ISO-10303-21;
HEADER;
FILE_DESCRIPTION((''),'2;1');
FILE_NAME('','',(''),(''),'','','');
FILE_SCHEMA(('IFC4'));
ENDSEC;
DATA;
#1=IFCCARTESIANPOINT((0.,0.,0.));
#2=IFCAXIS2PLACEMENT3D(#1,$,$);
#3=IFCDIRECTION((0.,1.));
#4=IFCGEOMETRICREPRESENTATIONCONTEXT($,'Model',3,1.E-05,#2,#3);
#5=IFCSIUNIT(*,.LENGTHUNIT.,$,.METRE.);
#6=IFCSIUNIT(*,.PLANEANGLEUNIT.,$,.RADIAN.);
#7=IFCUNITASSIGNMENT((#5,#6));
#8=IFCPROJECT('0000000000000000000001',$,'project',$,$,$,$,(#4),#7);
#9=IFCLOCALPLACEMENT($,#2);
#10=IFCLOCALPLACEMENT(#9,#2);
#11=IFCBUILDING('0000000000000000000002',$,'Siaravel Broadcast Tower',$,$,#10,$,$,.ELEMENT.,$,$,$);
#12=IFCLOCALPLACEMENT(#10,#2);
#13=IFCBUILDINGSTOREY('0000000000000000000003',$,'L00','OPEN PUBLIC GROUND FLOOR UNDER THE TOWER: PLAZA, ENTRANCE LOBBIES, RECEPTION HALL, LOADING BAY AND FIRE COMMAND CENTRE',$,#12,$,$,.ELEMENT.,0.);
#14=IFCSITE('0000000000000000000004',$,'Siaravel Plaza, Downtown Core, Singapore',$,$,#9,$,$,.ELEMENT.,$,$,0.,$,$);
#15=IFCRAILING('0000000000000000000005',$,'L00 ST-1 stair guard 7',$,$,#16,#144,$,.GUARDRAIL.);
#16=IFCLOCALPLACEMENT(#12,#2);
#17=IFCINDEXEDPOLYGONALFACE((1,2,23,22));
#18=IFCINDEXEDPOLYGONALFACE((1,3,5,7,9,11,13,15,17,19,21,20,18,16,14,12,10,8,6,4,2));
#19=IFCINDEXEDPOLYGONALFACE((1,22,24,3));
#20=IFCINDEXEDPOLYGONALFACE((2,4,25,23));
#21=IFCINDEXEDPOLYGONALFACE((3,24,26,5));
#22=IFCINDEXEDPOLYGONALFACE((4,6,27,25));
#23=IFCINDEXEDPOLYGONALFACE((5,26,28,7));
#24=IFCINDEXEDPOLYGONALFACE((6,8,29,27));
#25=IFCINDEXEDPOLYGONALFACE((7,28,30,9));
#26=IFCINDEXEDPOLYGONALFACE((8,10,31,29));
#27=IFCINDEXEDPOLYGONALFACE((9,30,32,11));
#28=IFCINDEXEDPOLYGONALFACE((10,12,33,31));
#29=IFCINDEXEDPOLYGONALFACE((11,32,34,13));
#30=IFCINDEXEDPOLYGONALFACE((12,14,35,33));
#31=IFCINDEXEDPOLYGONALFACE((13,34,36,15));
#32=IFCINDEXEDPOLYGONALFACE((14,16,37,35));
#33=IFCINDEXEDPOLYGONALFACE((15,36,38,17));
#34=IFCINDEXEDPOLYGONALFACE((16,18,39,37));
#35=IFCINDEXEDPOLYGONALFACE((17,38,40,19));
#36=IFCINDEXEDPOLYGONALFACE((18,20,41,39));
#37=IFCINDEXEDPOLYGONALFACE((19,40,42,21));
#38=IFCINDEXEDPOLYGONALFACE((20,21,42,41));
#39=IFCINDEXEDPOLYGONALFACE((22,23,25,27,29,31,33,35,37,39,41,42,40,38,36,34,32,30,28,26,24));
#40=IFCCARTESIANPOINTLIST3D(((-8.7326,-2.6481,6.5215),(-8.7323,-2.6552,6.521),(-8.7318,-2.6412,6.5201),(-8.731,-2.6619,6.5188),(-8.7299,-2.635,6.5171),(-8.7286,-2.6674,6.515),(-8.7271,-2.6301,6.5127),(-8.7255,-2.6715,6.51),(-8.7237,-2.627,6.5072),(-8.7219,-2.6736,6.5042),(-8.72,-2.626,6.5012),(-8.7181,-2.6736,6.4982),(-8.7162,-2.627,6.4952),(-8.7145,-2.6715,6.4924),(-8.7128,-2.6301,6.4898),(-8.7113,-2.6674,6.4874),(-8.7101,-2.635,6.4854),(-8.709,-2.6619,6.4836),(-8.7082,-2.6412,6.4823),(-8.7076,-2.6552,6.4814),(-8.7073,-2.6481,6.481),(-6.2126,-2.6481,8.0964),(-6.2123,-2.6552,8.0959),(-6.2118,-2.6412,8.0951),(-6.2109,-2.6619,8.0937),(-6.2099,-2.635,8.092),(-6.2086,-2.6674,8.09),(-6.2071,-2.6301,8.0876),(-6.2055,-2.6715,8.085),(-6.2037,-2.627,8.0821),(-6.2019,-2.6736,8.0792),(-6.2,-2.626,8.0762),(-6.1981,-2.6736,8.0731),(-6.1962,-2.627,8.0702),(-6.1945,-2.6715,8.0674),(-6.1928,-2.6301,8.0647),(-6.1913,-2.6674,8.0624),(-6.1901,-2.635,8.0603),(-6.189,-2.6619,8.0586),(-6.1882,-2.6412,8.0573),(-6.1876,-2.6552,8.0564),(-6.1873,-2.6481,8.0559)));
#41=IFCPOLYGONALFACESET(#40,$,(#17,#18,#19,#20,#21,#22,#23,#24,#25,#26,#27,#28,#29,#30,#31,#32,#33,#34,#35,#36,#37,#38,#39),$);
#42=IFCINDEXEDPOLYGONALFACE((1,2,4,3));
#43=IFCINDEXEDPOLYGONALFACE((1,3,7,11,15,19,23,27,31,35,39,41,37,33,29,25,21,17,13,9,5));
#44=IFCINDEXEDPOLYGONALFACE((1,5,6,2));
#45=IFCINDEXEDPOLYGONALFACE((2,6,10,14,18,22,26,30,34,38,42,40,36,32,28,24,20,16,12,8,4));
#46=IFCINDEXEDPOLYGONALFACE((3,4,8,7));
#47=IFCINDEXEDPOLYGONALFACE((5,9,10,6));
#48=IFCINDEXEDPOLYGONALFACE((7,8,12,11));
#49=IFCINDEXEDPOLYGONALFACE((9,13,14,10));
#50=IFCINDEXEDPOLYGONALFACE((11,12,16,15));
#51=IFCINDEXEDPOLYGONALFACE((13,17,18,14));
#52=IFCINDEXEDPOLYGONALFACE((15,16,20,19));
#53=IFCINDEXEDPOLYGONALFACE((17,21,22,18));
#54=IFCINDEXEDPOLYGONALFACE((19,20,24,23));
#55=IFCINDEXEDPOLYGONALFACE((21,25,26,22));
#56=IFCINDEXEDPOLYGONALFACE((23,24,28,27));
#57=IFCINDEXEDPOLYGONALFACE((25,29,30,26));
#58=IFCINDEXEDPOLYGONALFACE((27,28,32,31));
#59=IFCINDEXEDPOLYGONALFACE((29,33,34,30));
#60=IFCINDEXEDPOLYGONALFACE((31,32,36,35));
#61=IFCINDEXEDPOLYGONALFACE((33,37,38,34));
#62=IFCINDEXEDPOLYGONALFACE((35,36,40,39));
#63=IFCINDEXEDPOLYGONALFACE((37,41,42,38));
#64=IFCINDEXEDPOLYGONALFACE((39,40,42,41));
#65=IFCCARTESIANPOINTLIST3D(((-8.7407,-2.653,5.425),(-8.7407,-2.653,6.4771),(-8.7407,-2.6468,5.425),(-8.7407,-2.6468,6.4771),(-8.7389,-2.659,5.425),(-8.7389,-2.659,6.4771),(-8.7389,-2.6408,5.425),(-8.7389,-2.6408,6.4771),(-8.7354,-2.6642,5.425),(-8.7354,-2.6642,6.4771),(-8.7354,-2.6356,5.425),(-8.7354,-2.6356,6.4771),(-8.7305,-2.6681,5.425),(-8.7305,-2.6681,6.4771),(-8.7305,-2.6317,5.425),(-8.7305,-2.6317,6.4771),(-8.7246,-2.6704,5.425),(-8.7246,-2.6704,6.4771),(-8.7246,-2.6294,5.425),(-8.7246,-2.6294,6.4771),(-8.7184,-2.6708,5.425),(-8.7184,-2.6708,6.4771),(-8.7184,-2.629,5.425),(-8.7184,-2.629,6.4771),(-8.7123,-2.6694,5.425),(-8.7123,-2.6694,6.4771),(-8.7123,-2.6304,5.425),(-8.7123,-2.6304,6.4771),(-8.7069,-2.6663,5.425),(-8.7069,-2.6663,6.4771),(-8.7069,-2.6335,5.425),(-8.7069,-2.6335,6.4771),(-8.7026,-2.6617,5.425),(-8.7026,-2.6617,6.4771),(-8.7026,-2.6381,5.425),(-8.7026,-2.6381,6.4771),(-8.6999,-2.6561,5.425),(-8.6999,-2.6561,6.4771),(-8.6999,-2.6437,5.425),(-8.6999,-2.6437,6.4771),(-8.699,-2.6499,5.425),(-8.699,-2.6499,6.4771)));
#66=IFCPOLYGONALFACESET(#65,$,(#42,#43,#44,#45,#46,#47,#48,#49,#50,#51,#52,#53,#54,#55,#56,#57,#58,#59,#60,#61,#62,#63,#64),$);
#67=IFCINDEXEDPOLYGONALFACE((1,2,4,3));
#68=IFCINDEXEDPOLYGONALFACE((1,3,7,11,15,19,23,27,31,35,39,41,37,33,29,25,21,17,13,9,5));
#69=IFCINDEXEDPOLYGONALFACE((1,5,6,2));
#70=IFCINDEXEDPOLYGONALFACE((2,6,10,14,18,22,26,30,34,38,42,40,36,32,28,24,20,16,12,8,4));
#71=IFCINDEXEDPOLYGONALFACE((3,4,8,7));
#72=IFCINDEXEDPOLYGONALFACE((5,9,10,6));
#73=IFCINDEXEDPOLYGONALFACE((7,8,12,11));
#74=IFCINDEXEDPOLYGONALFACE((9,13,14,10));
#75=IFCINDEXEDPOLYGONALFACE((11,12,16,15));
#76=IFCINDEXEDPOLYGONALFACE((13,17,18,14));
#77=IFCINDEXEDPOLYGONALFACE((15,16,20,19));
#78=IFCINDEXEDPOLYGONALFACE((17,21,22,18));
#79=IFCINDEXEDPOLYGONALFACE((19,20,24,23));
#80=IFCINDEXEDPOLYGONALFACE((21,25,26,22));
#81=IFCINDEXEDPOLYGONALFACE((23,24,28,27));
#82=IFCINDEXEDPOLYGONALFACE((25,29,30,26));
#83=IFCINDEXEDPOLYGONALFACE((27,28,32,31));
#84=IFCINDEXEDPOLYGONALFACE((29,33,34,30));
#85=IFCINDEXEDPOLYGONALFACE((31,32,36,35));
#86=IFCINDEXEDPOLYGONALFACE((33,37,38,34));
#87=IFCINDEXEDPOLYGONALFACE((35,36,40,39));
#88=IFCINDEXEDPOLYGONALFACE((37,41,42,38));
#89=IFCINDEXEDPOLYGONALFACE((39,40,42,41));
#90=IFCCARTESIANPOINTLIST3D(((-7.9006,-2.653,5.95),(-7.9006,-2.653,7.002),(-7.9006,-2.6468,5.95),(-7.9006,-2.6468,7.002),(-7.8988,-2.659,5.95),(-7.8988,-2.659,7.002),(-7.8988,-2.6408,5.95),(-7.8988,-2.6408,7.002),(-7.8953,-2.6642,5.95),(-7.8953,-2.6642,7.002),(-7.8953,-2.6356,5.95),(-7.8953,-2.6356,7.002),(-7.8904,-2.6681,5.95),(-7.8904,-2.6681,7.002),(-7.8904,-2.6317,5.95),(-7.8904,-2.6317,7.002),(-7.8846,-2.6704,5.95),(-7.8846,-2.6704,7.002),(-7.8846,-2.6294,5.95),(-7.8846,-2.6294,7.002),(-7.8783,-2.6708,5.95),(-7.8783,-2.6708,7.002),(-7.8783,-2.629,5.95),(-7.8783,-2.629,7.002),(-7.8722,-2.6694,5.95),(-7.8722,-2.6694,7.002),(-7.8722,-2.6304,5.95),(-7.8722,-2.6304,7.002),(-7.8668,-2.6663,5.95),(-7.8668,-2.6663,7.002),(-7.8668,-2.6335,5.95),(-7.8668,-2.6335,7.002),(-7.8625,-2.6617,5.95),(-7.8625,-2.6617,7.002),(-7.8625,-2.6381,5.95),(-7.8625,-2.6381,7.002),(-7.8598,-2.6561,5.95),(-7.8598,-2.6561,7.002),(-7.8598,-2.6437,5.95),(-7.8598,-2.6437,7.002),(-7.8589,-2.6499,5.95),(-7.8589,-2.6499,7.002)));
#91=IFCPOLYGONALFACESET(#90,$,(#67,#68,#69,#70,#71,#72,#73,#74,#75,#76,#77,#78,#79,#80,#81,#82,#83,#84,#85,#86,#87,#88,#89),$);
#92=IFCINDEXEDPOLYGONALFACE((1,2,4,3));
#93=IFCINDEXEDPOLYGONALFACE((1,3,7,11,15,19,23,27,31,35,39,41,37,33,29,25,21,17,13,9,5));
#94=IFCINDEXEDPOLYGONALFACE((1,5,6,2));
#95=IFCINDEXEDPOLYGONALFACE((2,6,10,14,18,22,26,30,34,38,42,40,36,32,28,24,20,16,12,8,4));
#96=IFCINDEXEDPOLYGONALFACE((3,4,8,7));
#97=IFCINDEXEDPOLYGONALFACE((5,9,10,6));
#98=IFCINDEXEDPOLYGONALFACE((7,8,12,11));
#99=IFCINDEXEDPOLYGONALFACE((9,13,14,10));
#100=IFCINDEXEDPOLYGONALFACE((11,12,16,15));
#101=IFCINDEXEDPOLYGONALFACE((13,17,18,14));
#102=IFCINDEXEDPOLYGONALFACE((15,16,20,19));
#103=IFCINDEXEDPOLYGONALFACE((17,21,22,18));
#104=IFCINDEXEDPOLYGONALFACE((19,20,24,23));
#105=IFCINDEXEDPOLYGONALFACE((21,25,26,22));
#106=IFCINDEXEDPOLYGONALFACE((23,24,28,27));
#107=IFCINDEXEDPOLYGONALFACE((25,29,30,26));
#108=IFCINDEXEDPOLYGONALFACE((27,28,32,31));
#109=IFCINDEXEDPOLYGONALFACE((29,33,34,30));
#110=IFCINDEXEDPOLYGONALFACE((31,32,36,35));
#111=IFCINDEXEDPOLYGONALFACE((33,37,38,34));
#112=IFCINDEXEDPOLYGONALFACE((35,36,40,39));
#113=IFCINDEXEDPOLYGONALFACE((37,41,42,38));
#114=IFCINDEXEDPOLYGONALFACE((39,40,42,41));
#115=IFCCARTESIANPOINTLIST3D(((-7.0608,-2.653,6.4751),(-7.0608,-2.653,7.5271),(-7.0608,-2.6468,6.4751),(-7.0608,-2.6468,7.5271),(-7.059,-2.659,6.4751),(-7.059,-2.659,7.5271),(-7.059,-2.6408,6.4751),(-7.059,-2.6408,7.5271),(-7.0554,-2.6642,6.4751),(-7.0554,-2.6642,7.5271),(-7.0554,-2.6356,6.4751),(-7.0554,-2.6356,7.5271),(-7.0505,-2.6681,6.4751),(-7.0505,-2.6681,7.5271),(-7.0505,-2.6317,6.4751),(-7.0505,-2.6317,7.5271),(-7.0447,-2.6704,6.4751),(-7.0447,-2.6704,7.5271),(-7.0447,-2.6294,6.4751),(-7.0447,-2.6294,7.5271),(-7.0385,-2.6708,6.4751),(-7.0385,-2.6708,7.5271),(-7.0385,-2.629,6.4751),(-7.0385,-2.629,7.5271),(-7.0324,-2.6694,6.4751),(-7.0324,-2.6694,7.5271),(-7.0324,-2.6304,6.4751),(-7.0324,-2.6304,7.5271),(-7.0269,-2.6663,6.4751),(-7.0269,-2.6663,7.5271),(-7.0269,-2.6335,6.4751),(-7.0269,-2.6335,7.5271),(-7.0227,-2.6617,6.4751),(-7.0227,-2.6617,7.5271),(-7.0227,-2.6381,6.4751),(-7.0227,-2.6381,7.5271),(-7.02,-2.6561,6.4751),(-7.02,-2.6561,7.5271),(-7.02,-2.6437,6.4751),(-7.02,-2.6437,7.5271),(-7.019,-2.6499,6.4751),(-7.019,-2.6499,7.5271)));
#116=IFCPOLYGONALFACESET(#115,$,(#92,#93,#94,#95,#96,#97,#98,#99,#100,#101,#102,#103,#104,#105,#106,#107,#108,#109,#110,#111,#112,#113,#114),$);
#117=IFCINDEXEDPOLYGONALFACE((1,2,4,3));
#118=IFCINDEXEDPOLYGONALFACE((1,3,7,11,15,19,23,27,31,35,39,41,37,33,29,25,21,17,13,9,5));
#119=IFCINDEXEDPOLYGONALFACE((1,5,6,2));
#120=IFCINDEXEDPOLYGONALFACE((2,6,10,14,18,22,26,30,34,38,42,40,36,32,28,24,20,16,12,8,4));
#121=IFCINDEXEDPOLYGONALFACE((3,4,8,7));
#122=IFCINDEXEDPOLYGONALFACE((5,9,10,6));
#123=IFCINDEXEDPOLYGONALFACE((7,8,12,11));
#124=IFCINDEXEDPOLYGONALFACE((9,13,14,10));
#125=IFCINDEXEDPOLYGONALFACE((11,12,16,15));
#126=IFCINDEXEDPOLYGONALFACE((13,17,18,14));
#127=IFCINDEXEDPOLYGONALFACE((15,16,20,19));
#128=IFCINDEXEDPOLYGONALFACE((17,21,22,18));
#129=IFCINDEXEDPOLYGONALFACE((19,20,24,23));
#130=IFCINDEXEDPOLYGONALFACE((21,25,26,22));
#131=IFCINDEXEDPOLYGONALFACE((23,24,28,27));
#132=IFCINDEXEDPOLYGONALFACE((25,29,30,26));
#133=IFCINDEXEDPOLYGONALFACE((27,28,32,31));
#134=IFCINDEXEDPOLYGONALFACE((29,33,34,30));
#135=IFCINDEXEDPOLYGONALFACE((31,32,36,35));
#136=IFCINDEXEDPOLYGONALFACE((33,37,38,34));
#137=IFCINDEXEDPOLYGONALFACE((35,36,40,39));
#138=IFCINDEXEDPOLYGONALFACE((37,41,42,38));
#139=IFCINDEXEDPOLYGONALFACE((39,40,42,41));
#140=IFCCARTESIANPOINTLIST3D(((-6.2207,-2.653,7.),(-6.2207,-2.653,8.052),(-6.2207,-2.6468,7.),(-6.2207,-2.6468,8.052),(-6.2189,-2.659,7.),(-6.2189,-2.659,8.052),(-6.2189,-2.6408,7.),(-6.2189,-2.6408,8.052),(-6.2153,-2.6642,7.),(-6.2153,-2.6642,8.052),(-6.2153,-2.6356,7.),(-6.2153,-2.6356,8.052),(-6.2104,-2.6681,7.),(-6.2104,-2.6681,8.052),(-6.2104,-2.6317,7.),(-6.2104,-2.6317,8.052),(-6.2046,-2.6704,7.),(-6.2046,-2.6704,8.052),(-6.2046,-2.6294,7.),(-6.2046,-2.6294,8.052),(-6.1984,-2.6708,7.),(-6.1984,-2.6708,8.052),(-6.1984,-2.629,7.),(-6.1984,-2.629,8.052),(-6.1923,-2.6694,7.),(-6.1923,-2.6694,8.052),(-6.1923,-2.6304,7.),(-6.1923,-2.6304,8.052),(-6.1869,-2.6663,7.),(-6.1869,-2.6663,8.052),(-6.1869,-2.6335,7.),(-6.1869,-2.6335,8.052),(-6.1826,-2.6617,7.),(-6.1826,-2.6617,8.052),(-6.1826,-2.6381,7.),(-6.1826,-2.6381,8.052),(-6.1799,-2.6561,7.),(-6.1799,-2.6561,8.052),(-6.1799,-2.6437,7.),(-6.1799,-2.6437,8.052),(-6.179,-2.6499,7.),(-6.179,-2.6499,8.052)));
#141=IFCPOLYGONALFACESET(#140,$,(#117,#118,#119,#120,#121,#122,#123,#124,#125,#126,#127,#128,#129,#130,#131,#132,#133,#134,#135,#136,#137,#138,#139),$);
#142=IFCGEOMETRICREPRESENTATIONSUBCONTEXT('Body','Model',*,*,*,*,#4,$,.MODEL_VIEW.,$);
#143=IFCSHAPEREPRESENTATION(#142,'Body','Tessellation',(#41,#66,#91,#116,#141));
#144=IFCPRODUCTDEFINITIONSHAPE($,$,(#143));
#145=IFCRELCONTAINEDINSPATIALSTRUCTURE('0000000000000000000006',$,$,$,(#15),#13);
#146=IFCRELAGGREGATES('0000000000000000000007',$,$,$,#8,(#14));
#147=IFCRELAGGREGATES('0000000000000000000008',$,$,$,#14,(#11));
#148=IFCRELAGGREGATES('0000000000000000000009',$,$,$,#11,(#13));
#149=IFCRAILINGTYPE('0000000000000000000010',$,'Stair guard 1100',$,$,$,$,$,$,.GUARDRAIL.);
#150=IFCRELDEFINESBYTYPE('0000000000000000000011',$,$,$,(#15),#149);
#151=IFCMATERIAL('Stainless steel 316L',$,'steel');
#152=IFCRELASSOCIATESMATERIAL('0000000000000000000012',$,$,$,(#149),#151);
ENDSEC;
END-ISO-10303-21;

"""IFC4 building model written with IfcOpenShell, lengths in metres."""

from ifc_helpers import new_model, si_unit, direction, frame, origin, origin_2d, place, context, subcontext, project, spatial, circle, extrude, material, type_object, element, save


model = new_model("IFC4")

# Units and contexts
model_context = context("Model", 3, precision=1e-05, world=origin(), true_north=direction((0.0, 1.0)))
body_context = subcontext(model_context, "Body", "Model", "MODEL_VIEW")
ifc_project = project(units=[si_unit("LENGTHUNIT", "METRE"), si_unit("PLANEANGLEUNIT", "RADIAN")], contexts=[model_context])

# Site, building, storey
site_placement = place(None, origin())
site = spatial("IfcSite", under=ifc_project, at=site_placement, Name="Siaravel Plaza, Downtown Core, Singapore", CompositionType="ELEMENT", RefElevation=0.0)
building_placement = place(site_placement, origin())
building = spatial("IfcBuilding", under=site, at=building_placement, Name="Siaravel Broadcast Tower", CompositionType="ELEMENT")
storey_placement = place(building_placement, origin())
storey = spatial("IfcBuildingStorey", under=building, at=storey_placement, Name="L00", Description="OPEN PUBLIC GROUND FLOOR UNDER THE TOWER: PLAZA, ENTRANCE LOBBIES, RECEPTION HALL, LOADING BAY AND FIRE COMMAND CENTRE", CompositionType="ELEMENT", Elevation=0.0)

# Shared definitions
ifc_material_1 = material(Name="Stainless steel 316L", Category="steel")

# Railing
railing_type_1 = type_object("IfcRailingType", Name="Stair guard 1100", PredefinedType="GUARDRAIL", material=ifc_material_1)
railing_1_placement = place(storey_placement, frame((-8.72, -2.6499, 5.425)))
element("IfcRailing", 1, at=railing_1_placement, inside=storey, type_object=railing_type_1, Name="L00 ST-1 stair guard 7", PredefinedType="GUARDRAIL", context=body_context, shape_type="SweptSolid", body=[
    extrude(circle(Radius=0.0239, at=origin_2d()), frame((0.0, 0.0, 1.0762), z_axis=(0.848008, 0.0, 0.529984), x_axis=(0.0, 1.0, 0.0)), (0.0, 0.0, 1.0), 2.9717),
    extrude(circle(Radius=0.021, at=origin_2d()), origin(), (0.0, 0.0, 1.0), 1.052),
    extrude(circle(Radius=0.021, at=origin_2d()), frame((0.8401, 0.0, 0.5249)), (0.0, 0.0, 1.0), 1.052),
    extrude(circle(Radius=0.021, at=origin_2d()), frame((1.6799, 0.0, 1.05)), (0.0, 0.0, 1.0), 1.052),
    extrude(circle(Radius=0.021, at=origin_2d()), frame((2.52, 0.0, 1.575)), (0.0, 0.0, 1.0), 1.052),
])

save(model, "model.ifc")
